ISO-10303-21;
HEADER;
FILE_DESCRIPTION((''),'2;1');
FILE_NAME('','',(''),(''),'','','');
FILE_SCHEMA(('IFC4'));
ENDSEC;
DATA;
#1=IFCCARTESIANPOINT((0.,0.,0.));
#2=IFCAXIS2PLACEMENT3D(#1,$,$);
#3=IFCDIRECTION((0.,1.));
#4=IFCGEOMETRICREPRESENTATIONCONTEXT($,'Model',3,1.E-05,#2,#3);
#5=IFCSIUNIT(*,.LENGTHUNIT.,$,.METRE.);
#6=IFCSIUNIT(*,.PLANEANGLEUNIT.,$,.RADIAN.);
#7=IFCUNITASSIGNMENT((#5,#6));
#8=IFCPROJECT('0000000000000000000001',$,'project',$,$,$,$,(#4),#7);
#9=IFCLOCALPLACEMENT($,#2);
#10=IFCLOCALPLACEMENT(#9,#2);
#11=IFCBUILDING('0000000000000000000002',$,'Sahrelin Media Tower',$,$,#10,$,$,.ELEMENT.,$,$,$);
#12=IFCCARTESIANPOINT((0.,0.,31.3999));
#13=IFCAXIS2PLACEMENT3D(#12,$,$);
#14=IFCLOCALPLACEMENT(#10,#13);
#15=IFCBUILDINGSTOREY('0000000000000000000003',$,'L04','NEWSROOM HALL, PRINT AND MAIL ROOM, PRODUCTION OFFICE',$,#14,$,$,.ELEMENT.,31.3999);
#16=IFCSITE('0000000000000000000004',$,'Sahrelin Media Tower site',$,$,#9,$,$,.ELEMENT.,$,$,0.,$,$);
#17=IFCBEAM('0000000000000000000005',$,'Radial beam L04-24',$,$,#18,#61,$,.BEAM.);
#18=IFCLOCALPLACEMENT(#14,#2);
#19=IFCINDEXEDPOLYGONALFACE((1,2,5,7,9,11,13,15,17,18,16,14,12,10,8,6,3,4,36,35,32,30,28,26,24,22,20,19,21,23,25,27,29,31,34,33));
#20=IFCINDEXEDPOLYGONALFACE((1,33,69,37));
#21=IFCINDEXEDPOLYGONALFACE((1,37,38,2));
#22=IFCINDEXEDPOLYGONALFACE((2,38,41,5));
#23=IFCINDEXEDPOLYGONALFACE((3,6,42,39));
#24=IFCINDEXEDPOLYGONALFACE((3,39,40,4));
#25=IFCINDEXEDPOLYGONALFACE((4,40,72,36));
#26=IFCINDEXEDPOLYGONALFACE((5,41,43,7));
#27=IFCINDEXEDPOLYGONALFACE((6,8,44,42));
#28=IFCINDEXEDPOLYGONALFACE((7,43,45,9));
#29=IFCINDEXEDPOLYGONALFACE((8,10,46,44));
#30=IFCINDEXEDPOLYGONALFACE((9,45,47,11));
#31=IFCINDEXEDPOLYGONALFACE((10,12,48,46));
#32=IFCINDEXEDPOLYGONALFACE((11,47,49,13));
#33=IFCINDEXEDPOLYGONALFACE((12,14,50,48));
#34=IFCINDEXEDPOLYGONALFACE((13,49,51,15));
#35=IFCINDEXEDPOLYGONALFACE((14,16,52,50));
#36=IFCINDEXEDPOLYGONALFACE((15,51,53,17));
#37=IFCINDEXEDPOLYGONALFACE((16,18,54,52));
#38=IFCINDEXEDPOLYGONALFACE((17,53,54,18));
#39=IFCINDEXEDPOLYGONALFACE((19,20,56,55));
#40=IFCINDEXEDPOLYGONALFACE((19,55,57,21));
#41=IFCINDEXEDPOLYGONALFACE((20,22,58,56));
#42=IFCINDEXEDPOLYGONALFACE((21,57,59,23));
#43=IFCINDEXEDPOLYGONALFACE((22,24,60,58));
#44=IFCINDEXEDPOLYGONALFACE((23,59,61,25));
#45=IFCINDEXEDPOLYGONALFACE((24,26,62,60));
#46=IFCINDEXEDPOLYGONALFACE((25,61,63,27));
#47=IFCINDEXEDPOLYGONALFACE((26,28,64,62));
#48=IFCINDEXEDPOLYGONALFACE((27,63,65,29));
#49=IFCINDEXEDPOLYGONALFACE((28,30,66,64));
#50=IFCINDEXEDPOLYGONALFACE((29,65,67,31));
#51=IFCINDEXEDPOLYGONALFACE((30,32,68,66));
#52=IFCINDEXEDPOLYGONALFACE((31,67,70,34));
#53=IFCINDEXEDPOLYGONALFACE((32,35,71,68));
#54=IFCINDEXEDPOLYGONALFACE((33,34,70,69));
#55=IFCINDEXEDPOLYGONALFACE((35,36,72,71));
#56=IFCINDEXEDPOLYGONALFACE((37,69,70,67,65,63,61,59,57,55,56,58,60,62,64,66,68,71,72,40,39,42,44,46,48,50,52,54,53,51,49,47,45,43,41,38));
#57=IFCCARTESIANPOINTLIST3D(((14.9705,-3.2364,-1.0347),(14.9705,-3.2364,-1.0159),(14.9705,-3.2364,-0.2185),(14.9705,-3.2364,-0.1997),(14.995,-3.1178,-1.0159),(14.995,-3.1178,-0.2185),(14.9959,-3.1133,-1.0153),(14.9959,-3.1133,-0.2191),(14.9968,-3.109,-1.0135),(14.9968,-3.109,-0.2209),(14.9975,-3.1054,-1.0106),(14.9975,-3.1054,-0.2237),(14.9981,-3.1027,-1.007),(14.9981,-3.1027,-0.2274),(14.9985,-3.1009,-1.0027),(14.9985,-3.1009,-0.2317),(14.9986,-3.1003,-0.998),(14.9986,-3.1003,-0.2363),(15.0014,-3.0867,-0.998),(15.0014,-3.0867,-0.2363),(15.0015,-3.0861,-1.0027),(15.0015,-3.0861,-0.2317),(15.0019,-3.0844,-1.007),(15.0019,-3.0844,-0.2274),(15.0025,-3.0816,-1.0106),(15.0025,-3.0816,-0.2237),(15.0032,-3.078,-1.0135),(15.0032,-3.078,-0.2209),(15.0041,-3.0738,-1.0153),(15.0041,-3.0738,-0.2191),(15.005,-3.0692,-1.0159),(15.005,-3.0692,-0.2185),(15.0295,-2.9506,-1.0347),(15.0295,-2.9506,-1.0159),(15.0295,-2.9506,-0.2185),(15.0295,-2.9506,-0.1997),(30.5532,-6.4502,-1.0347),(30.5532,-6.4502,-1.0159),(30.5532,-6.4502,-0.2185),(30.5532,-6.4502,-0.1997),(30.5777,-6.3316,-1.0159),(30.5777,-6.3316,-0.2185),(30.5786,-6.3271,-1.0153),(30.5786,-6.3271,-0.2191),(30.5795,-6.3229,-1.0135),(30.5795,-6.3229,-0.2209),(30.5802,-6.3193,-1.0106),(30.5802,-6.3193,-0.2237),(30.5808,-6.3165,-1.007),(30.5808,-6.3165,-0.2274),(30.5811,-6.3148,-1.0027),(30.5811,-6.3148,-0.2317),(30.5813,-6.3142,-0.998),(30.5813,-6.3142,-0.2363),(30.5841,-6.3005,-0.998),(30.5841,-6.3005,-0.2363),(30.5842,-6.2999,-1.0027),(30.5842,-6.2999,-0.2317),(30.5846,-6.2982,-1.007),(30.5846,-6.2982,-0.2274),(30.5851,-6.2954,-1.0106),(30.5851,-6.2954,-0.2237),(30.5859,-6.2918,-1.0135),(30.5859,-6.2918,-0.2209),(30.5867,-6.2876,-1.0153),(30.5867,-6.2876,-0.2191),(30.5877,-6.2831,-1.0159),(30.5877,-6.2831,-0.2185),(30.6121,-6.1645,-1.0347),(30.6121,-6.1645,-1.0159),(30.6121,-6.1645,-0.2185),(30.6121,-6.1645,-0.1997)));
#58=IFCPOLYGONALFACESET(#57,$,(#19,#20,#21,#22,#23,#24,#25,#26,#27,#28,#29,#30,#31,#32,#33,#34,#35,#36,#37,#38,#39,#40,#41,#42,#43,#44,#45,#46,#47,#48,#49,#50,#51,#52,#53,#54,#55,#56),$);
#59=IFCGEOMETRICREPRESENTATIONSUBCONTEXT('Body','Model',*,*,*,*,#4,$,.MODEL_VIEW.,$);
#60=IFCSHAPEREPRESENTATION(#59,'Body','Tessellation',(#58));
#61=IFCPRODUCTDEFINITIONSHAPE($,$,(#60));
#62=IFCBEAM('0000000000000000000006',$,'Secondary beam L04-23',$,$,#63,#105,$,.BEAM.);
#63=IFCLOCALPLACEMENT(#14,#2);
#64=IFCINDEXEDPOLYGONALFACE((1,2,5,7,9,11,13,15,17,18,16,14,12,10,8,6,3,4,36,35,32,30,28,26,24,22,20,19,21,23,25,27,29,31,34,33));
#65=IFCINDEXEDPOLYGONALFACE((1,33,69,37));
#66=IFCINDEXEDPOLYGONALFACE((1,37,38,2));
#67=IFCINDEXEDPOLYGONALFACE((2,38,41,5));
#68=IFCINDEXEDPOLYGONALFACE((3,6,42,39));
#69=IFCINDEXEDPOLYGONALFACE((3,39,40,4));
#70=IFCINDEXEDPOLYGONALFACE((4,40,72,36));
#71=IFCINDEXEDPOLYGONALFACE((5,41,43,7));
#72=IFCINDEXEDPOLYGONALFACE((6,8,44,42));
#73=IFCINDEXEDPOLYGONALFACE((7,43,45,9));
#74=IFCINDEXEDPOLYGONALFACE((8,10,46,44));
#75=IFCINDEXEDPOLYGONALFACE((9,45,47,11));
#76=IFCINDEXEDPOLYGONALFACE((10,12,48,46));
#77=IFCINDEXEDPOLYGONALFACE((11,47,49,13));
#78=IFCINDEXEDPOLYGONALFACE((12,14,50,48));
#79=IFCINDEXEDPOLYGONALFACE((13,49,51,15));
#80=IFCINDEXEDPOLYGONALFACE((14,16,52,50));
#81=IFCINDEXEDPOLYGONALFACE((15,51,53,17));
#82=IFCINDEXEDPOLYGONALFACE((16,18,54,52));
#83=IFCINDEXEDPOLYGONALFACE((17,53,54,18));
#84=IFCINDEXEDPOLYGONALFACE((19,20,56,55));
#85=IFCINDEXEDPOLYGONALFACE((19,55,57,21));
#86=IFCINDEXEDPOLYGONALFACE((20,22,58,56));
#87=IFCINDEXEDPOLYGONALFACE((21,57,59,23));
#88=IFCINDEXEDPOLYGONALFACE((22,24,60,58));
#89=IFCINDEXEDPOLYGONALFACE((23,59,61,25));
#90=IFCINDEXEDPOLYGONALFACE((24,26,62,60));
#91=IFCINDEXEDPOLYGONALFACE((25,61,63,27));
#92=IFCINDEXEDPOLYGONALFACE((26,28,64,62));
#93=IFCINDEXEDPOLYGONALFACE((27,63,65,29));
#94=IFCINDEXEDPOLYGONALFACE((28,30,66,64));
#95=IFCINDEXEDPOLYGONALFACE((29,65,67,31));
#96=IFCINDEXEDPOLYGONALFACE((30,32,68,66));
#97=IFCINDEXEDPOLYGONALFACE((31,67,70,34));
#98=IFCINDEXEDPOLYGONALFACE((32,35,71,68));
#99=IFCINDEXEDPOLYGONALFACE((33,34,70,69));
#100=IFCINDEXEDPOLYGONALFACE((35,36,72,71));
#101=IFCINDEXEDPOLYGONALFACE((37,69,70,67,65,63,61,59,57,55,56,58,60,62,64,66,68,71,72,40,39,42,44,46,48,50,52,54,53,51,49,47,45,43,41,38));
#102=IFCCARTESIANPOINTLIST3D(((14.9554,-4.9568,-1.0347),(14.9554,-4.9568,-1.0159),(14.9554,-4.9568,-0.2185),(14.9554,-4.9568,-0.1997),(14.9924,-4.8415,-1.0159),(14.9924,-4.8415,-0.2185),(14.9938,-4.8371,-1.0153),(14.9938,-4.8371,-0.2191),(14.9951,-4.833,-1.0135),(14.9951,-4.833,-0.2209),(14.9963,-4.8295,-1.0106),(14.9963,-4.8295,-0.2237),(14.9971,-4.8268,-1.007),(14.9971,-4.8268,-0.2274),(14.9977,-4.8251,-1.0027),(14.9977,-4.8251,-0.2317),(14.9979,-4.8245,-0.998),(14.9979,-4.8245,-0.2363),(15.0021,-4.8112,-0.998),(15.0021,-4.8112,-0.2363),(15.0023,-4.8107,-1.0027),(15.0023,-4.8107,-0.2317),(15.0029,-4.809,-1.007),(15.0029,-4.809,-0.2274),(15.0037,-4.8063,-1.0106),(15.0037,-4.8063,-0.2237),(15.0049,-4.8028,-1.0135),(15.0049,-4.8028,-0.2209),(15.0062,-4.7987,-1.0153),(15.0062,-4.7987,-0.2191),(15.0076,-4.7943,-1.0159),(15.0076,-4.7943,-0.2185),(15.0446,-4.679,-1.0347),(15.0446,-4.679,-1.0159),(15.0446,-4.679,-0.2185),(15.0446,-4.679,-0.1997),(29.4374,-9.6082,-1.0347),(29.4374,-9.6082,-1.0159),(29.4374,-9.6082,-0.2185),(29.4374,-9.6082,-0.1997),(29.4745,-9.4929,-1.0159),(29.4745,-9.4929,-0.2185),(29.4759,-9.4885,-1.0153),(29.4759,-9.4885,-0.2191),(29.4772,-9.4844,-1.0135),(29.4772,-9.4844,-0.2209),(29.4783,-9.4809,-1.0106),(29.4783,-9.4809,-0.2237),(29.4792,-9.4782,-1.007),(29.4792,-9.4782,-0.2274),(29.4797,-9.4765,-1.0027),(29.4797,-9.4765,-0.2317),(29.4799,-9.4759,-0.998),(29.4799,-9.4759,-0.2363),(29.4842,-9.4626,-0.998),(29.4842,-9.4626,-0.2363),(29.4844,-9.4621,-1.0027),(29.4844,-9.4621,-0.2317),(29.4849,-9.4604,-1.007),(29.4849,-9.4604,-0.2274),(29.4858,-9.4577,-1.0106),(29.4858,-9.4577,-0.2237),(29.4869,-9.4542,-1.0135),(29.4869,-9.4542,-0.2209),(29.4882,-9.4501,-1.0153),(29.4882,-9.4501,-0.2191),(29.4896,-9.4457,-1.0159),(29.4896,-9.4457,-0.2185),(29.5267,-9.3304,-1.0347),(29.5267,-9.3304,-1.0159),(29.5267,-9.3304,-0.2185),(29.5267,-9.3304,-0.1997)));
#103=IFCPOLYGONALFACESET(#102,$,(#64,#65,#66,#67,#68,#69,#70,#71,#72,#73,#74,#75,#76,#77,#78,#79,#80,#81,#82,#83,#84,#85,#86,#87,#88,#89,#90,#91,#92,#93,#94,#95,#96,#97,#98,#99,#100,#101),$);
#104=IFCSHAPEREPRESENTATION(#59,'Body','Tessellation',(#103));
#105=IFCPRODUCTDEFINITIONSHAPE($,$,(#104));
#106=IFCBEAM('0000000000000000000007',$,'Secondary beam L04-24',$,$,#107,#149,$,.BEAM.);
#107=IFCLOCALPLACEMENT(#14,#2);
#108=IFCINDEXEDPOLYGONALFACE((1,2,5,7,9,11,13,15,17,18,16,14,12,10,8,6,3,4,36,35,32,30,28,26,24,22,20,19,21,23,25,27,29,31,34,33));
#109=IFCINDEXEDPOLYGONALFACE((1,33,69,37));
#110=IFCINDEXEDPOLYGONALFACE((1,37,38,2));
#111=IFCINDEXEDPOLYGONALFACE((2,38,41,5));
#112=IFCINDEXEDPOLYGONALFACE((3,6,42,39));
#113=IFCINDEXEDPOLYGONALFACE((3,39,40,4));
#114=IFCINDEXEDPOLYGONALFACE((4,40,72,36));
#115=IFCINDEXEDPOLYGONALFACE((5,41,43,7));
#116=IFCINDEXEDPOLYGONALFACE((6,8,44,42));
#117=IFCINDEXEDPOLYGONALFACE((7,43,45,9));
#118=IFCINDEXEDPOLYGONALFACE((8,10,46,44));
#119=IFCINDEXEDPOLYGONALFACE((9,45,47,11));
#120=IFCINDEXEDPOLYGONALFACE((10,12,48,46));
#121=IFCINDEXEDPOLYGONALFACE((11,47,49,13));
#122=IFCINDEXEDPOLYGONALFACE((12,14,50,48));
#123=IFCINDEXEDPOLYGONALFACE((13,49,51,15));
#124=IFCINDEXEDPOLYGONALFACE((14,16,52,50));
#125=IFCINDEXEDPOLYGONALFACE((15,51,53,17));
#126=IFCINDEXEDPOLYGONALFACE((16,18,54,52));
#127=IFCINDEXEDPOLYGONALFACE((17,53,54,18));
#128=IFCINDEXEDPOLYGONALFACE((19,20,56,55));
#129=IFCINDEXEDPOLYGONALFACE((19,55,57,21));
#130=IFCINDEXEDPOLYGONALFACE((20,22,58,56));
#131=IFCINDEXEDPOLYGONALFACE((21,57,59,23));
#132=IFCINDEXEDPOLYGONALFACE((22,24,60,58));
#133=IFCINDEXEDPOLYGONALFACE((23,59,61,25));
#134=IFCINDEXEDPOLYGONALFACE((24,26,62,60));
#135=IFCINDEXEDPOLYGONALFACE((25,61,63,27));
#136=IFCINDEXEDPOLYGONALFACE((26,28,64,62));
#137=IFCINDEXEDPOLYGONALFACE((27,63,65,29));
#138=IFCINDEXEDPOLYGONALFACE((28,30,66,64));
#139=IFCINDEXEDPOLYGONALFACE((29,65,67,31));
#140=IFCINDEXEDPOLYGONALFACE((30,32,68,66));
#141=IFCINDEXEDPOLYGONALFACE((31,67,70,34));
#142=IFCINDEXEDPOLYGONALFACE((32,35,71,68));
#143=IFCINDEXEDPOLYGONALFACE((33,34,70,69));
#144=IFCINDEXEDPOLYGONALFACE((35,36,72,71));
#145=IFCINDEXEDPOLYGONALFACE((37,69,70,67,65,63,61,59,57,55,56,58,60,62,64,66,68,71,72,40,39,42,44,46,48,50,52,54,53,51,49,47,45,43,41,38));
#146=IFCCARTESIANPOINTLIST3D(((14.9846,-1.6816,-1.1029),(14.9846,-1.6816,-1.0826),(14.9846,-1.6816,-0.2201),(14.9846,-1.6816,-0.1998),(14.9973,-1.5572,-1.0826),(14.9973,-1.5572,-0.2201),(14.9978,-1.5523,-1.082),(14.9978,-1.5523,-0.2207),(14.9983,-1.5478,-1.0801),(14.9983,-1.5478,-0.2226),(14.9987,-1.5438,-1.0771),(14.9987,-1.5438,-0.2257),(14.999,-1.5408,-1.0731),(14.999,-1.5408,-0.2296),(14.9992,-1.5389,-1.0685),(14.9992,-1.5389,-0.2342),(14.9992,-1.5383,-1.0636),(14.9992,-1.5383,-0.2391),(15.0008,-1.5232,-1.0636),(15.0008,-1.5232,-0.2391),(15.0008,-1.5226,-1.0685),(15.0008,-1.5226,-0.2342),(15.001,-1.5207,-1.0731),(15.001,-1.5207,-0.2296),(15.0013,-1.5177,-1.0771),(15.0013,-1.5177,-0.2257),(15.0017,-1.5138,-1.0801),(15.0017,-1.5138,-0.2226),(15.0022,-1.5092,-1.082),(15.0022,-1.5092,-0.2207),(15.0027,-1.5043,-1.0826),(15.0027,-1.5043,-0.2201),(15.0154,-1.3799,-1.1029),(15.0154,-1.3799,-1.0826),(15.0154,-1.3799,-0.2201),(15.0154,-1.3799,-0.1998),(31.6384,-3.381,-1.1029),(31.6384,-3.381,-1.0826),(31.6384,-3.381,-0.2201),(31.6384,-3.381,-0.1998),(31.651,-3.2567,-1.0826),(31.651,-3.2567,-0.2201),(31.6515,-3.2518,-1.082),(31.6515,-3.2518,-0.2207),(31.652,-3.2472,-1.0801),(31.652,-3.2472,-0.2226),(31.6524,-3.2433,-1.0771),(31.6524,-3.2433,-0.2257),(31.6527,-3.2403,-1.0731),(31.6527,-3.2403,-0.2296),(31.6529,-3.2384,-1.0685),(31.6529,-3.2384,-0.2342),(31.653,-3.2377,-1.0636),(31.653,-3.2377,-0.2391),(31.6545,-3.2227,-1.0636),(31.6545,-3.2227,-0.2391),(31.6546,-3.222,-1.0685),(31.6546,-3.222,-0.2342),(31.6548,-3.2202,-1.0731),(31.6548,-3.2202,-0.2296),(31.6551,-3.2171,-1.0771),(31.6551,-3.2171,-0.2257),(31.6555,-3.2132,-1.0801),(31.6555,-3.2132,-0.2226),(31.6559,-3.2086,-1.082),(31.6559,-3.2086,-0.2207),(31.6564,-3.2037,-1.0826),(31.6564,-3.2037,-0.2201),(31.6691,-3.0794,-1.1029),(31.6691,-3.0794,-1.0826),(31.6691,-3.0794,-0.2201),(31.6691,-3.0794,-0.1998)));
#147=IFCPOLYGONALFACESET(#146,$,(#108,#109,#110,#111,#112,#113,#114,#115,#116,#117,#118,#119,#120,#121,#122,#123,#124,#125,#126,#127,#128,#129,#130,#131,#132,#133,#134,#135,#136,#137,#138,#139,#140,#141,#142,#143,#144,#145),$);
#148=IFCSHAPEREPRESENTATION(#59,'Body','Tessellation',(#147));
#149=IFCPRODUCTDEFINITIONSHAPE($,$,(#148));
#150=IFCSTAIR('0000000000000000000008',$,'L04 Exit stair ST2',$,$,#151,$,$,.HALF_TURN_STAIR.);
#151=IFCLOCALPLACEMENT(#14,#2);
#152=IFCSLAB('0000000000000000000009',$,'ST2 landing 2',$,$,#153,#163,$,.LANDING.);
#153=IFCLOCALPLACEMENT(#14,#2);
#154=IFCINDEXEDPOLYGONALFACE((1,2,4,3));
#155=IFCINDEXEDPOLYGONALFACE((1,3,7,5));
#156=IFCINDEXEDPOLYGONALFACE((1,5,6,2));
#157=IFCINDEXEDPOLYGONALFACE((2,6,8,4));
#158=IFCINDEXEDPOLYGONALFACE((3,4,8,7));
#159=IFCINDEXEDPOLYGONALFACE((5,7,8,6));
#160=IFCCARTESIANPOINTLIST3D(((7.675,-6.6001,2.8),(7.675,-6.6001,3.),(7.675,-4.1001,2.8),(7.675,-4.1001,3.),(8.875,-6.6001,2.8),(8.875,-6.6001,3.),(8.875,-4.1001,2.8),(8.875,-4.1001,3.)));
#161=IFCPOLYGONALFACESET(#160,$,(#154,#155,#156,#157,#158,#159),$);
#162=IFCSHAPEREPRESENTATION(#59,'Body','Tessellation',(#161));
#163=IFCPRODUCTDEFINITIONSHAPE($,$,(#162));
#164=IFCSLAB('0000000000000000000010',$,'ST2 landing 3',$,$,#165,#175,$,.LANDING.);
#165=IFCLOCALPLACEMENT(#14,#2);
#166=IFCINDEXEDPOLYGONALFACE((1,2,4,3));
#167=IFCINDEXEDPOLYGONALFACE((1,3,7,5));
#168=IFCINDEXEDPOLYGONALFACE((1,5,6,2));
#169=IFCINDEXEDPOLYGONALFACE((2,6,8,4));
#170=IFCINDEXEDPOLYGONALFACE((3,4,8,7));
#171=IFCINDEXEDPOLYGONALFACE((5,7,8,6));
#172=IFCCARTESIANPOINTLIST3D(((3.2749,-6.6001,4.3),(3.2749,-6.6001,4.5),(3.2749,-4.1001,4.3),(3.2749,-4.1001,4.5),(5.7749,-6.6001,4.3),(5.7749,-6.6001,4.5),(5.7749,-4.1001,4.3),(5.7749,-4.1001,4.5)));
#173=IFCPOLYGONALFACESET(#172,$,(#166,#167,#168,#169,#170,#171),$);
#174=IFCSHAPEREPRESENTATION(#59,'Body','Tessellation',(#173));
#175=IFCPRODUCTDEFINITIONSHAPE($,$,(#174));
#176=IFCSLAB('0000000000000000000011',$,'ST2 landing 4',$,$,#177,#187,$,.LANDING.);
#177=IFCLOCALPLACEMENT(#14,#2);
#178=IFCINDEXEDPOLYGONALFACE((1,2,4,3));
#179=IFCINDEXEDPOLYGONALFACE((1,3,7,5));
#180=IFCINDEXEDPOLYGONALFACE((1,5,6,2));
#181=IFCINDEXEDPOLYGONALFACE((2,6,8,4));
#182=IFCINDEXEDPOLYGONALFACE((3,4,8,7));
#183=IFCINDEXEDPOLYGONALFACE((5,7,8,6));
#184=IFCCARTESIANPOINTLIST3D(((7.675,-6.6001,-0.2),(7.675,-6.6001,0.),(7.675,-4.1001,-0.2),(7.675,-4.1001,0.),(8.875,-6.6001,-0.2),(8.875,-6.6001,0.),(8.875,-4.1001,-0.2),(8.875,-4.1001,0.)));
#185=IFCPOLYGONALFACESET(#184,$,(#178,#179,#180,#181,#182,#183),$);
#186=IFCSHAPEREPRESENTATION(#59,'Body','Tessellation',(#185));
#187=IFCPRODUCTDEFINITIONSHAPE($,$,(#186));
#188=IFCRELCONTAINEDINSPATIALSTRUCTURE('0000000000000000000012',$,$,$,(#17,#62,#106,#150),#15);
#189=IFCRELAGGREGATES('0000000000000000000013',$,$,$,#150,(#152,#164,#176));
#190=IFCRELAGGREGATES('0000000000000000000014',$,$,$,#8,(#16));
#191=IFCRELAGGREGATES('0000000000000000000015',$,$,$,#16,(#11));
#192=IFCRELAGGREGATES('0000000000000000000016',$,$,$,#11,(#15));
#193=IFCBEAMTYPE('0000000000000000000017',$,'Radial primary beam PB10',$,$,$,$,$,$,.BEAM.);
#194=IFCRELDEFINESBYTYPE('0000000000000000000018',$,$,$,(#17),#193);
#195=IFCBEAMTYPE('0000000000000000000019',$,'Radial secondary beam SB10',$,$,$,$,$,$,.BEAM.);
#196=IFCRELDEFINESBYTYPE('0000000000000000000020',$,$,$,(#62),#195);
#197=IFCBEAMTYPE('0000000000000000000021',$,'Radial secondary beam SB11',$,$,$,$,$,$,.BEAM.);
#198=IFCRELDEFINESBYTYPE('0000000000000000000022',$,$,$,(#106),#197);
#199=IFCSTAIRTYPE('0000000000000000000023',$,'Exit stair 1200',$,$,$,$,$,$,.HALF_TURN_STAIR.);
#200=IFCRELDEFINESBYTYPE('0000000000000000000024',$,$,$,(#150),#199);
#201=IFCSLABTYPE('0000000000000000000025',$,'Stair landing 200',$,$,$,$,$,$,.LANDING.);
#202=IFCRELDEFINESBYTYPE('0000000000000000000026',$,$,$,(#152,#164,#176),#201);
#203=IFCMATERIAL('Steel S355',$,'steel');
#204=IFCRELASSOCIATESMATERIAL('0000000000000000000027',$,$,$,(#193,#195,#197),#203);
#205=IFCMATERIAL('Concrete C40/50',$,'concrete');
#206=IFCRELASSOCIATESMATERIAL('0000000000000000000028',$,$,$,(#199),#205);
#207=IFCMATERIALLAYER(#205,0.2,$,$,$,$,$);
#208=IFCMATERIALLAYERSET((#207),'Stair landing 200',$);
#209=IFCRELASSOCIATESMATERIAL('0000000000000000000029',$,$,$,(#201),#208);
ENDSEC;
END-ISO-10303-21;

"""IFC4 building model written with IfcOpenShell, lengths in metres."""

from ifc_helpers import new_model, si_unit, direction, frame, origin, origin_2d, place, context, subcontext, project, spatial, polyline, i_section, outline, extrude, material, layer, layer_set, material_profile, profile_set, type_object, element, aggregate, save


model = new_model("IFC4")

# Units and contexts
model_context = context("Model", 3, precision=1e-05, world=origin(), true_north=direction((0.0, 1.0)))
body_context = subcontext(model_context, "Body", "Model", "MODEL_VIEW")
ifc_project = project(units=[si_unit("LENGTHUNIT", "METRE"), si_unit("PLANEANGLEUNIT", "RADIAN")], contexts=[model_context])

# Site, building, storey
site_placement = place(None, origin())
site = spatial("IfcSite", under=ifc_project, at=site_placement, Name="Sahrelin Media Tower site", CompositionType="ELEMENT", RefElevation=0.0)
building_placement = place(site_placement, origin())
building = spatial("IfcBuilding", under=site, at=building_placement, Name="Sahrelin Media Tower", CompositionType="ELEMENT")
storey_placement = place(building_placement, frame((0.0, 0.0, 31.3999)))
storey = spatial("IfcBuildingStorey", under=building, at=storey_placement, Name="L04", Description="NEWSROOM HALL, PRINT AND MAIL ROOM, PRODUCTION OFFICE", CompositionType="ELEMENT", Elevation=31.3999)

# Beams
ifc_material_1 = material(Name="Steel S355", Category="steel")
ifc_material_profile_1 = material_profile(ifc_material_1, i_section(OverallWidth=0.2917, OverallDepth=0.835, WebThickness=0.0139, FlangeThickness=0.0188, FilletRadius=0.0178, at=origin_2d()), Name="UB 838x292x176")
ifc_profile_set_1 = profile_set([ifc_material_profile_1], Name="Steel S355")
beam_type_1 = type_object("IfcBeamType", Name="Radial primary beam PB10", PredefinedType="BEAM", material=ifc_profile_set_1)
beam_1_placement = place(storey_placement, frame((15.0, -3.0935, -0.6172), z_axis=(0.979387, -0.201994, 0.0), x_axis=(0.201994, 0.979387, 0.0)))
element("IfcBeam", 1, at=beam_1_placement, inside=storey, type_object=beam_type_1, Name="Radial beam L04-24", PredefinedType="BEAM", context=body_context, shape_type="SweptSolid", body=[
    extrude(i_section(OverallWidth=0.2917, OverallDepth=0.835, WebThickness=0.0139, FlangeThickness=0.0188, FilletRadius=0.0178, at=origin_2d()), origin(), (0.0, 0.0, 1.0), 15.9106),
])
ifc_material_profile_2 = material_profile(ifc_material_1, i_section(OverallWidth=0.2917, OverallDepth=0.835, WebThickness=0.0139, FlangeThickness=0.0188, FilletRadius=0.0178, at=origin_2d()), Name="UB 838x292x176")
ifc_profile_set_2 = profile_set([ifc_material_profile_2], Name="Steel S355")
beam_type_2 = type_object("IfcBeamType", Name="Radial secondary beam SB10", PredefinedType="BEAM", material=ifc_profile_set_2)
beam_2_placement = place(storey_placement, frame((15.0, -4.8179, -0.6172), z_axis=(0.952096, -0.305798, 0.0), x_axis=(0.305798, 0.952096, 0.0)))
element("IfcBeam", 2, at=beam_2_placement, inside=storey, type_object=beam_type_2, Name="Secondary beam L04-23", PredefinedType="BEAM", context=body_context, shape_type="SweptSolid", body=[
    extrude(i_section(OverallWidth=0.2917, OverallDepth=0.835, WebThickness=0.0139, FlangeThickness=0.0188, FilletRadius=0.0178, at=origin_2d()), origin(), (0.0, 0.0, 1.0), 15.2107),
])
ifc_material_profile_3 = material_profile(ifc_material_1, i_section(OverallWidth=0.3032, OverallDepth=0.9031, WebThickness=0.0151, FlangeThickness=0.0203, FilletRadius=0.019, at=origin_2d()), Name="UB 914x305x201")
ifc_profile_set_3 = profile_set([ifc_material_profile_3], Name="Steel S355")
beam_type_3 = type_object("IfcBeamType", Name="Radial secondary beam SB11", PredefinedType="BEAM", material=ifc_profile_set_3)
beam_3_placement = place(storey_placement, frame((15.0, -1.5308, -0.6514), z_axis=(0.994834, -0.101519, 0.0), x_axis=(0.101519, 0.994834, 0.0)))
element("IfcBeam", 3, at=beam_3_placement, inside=storey, type_object=beam_type_3, Name="Secondary beam L04-24", PredefinedType="BEAM", context=body_context, shape_type="SweptSolid", body=[
    extrude(i_section(OverallWidth=0.3032, OverallDepth=0.9031, WebThickness=0.0151, FlangeThickness=0.0203, FilletRadius=0.019, at=origin_2d()), origin(), (0.0, 0.0, 1.0), 16.7402),
])

# Stair, slabs
ifc_material_2 = material(Name="Concrete C40/50", Category="concrete")
stair_type_1 = type_object("IfcStairType", Name="Exit stair 1200", PredefinedType="HALF_TURN_STAIR", material=ifc_material_2)
placement_1 = place(storey_placement, origin())
stair_1 = element("IfcStair", 4, at=placement_1, inside=storey, type_object=stair_type_1, Name="L04 Exit stair ST2", PredefinedType="HALF_TURN_STAIR")
ifc_layer_1 = layer(ifc_material_2, 0.2)
ifc_layer_set_1 = layer_set([ifc_layer_1], Name="Stair landing 200")
slab_type = type_object("IfcSlabType", Name="Stair landing 200", PredefinedType="LANDING", material=ifc_layer_set_1)
placement_2 = place(storey_placement, frame((0.0, 0.0, 2.8)))
slab_1 = element("IfcSlab", 5, at=placement_2, type_object=slab_type, Name="ST2 landing 2", PredefinedType="LANDING", context=body_context, shape_type="SweptSolid", body=[
    extrude(outline(polyline([(8.875, -4.1001), (7.675, -4.1001), (7.675, -6.6001), (8.875, -6.6001), (8.875, -4.1001)])), origin(), (0.0, 0.0, 1.0), 0.2),
])
placement_3 = place(storey_placement, frame((0.0, 0.0, 4.3)))
slab_2 = element("IfcSlab", 6, at=placement_3, type_object=slab_type, Name="ST2 landing 3", PredefinedType="LANDING", context=body_context, shape_type="SweptSolid", body=[
    extrude(outline(polyline([(5.7749, -4.1001), (3.2749, -4.1001), (3.2749, -6.6001), (5.7749, -6.6001), (5.7749, -4.1001)])), origin(), (0.0, 0.0, 1.0), 0.2),
])
placement_4 = place(storey_placement, frame((0.0, 0.0, -0.2)))
slab_3 = element("IfcSlab", 7, at=placement_4, type_object=slab_type, Name="ST2 landing 4", PredefinedType="LANDING", context=body_context, shape_type="SweptSolid", body=[
    extrude(outline(polyline([(8.875, -4.1001), (7.675, -4.1001), (7.675, -6.6001), (8.875, -6.6001), (8.875, -4.1001)])), origin(), (0.0, 0.0, 1.0), 0.2),
])
aggregate(stair_1, [slab_1, slab_2, slab_3])

save(model, "model.ifc")
